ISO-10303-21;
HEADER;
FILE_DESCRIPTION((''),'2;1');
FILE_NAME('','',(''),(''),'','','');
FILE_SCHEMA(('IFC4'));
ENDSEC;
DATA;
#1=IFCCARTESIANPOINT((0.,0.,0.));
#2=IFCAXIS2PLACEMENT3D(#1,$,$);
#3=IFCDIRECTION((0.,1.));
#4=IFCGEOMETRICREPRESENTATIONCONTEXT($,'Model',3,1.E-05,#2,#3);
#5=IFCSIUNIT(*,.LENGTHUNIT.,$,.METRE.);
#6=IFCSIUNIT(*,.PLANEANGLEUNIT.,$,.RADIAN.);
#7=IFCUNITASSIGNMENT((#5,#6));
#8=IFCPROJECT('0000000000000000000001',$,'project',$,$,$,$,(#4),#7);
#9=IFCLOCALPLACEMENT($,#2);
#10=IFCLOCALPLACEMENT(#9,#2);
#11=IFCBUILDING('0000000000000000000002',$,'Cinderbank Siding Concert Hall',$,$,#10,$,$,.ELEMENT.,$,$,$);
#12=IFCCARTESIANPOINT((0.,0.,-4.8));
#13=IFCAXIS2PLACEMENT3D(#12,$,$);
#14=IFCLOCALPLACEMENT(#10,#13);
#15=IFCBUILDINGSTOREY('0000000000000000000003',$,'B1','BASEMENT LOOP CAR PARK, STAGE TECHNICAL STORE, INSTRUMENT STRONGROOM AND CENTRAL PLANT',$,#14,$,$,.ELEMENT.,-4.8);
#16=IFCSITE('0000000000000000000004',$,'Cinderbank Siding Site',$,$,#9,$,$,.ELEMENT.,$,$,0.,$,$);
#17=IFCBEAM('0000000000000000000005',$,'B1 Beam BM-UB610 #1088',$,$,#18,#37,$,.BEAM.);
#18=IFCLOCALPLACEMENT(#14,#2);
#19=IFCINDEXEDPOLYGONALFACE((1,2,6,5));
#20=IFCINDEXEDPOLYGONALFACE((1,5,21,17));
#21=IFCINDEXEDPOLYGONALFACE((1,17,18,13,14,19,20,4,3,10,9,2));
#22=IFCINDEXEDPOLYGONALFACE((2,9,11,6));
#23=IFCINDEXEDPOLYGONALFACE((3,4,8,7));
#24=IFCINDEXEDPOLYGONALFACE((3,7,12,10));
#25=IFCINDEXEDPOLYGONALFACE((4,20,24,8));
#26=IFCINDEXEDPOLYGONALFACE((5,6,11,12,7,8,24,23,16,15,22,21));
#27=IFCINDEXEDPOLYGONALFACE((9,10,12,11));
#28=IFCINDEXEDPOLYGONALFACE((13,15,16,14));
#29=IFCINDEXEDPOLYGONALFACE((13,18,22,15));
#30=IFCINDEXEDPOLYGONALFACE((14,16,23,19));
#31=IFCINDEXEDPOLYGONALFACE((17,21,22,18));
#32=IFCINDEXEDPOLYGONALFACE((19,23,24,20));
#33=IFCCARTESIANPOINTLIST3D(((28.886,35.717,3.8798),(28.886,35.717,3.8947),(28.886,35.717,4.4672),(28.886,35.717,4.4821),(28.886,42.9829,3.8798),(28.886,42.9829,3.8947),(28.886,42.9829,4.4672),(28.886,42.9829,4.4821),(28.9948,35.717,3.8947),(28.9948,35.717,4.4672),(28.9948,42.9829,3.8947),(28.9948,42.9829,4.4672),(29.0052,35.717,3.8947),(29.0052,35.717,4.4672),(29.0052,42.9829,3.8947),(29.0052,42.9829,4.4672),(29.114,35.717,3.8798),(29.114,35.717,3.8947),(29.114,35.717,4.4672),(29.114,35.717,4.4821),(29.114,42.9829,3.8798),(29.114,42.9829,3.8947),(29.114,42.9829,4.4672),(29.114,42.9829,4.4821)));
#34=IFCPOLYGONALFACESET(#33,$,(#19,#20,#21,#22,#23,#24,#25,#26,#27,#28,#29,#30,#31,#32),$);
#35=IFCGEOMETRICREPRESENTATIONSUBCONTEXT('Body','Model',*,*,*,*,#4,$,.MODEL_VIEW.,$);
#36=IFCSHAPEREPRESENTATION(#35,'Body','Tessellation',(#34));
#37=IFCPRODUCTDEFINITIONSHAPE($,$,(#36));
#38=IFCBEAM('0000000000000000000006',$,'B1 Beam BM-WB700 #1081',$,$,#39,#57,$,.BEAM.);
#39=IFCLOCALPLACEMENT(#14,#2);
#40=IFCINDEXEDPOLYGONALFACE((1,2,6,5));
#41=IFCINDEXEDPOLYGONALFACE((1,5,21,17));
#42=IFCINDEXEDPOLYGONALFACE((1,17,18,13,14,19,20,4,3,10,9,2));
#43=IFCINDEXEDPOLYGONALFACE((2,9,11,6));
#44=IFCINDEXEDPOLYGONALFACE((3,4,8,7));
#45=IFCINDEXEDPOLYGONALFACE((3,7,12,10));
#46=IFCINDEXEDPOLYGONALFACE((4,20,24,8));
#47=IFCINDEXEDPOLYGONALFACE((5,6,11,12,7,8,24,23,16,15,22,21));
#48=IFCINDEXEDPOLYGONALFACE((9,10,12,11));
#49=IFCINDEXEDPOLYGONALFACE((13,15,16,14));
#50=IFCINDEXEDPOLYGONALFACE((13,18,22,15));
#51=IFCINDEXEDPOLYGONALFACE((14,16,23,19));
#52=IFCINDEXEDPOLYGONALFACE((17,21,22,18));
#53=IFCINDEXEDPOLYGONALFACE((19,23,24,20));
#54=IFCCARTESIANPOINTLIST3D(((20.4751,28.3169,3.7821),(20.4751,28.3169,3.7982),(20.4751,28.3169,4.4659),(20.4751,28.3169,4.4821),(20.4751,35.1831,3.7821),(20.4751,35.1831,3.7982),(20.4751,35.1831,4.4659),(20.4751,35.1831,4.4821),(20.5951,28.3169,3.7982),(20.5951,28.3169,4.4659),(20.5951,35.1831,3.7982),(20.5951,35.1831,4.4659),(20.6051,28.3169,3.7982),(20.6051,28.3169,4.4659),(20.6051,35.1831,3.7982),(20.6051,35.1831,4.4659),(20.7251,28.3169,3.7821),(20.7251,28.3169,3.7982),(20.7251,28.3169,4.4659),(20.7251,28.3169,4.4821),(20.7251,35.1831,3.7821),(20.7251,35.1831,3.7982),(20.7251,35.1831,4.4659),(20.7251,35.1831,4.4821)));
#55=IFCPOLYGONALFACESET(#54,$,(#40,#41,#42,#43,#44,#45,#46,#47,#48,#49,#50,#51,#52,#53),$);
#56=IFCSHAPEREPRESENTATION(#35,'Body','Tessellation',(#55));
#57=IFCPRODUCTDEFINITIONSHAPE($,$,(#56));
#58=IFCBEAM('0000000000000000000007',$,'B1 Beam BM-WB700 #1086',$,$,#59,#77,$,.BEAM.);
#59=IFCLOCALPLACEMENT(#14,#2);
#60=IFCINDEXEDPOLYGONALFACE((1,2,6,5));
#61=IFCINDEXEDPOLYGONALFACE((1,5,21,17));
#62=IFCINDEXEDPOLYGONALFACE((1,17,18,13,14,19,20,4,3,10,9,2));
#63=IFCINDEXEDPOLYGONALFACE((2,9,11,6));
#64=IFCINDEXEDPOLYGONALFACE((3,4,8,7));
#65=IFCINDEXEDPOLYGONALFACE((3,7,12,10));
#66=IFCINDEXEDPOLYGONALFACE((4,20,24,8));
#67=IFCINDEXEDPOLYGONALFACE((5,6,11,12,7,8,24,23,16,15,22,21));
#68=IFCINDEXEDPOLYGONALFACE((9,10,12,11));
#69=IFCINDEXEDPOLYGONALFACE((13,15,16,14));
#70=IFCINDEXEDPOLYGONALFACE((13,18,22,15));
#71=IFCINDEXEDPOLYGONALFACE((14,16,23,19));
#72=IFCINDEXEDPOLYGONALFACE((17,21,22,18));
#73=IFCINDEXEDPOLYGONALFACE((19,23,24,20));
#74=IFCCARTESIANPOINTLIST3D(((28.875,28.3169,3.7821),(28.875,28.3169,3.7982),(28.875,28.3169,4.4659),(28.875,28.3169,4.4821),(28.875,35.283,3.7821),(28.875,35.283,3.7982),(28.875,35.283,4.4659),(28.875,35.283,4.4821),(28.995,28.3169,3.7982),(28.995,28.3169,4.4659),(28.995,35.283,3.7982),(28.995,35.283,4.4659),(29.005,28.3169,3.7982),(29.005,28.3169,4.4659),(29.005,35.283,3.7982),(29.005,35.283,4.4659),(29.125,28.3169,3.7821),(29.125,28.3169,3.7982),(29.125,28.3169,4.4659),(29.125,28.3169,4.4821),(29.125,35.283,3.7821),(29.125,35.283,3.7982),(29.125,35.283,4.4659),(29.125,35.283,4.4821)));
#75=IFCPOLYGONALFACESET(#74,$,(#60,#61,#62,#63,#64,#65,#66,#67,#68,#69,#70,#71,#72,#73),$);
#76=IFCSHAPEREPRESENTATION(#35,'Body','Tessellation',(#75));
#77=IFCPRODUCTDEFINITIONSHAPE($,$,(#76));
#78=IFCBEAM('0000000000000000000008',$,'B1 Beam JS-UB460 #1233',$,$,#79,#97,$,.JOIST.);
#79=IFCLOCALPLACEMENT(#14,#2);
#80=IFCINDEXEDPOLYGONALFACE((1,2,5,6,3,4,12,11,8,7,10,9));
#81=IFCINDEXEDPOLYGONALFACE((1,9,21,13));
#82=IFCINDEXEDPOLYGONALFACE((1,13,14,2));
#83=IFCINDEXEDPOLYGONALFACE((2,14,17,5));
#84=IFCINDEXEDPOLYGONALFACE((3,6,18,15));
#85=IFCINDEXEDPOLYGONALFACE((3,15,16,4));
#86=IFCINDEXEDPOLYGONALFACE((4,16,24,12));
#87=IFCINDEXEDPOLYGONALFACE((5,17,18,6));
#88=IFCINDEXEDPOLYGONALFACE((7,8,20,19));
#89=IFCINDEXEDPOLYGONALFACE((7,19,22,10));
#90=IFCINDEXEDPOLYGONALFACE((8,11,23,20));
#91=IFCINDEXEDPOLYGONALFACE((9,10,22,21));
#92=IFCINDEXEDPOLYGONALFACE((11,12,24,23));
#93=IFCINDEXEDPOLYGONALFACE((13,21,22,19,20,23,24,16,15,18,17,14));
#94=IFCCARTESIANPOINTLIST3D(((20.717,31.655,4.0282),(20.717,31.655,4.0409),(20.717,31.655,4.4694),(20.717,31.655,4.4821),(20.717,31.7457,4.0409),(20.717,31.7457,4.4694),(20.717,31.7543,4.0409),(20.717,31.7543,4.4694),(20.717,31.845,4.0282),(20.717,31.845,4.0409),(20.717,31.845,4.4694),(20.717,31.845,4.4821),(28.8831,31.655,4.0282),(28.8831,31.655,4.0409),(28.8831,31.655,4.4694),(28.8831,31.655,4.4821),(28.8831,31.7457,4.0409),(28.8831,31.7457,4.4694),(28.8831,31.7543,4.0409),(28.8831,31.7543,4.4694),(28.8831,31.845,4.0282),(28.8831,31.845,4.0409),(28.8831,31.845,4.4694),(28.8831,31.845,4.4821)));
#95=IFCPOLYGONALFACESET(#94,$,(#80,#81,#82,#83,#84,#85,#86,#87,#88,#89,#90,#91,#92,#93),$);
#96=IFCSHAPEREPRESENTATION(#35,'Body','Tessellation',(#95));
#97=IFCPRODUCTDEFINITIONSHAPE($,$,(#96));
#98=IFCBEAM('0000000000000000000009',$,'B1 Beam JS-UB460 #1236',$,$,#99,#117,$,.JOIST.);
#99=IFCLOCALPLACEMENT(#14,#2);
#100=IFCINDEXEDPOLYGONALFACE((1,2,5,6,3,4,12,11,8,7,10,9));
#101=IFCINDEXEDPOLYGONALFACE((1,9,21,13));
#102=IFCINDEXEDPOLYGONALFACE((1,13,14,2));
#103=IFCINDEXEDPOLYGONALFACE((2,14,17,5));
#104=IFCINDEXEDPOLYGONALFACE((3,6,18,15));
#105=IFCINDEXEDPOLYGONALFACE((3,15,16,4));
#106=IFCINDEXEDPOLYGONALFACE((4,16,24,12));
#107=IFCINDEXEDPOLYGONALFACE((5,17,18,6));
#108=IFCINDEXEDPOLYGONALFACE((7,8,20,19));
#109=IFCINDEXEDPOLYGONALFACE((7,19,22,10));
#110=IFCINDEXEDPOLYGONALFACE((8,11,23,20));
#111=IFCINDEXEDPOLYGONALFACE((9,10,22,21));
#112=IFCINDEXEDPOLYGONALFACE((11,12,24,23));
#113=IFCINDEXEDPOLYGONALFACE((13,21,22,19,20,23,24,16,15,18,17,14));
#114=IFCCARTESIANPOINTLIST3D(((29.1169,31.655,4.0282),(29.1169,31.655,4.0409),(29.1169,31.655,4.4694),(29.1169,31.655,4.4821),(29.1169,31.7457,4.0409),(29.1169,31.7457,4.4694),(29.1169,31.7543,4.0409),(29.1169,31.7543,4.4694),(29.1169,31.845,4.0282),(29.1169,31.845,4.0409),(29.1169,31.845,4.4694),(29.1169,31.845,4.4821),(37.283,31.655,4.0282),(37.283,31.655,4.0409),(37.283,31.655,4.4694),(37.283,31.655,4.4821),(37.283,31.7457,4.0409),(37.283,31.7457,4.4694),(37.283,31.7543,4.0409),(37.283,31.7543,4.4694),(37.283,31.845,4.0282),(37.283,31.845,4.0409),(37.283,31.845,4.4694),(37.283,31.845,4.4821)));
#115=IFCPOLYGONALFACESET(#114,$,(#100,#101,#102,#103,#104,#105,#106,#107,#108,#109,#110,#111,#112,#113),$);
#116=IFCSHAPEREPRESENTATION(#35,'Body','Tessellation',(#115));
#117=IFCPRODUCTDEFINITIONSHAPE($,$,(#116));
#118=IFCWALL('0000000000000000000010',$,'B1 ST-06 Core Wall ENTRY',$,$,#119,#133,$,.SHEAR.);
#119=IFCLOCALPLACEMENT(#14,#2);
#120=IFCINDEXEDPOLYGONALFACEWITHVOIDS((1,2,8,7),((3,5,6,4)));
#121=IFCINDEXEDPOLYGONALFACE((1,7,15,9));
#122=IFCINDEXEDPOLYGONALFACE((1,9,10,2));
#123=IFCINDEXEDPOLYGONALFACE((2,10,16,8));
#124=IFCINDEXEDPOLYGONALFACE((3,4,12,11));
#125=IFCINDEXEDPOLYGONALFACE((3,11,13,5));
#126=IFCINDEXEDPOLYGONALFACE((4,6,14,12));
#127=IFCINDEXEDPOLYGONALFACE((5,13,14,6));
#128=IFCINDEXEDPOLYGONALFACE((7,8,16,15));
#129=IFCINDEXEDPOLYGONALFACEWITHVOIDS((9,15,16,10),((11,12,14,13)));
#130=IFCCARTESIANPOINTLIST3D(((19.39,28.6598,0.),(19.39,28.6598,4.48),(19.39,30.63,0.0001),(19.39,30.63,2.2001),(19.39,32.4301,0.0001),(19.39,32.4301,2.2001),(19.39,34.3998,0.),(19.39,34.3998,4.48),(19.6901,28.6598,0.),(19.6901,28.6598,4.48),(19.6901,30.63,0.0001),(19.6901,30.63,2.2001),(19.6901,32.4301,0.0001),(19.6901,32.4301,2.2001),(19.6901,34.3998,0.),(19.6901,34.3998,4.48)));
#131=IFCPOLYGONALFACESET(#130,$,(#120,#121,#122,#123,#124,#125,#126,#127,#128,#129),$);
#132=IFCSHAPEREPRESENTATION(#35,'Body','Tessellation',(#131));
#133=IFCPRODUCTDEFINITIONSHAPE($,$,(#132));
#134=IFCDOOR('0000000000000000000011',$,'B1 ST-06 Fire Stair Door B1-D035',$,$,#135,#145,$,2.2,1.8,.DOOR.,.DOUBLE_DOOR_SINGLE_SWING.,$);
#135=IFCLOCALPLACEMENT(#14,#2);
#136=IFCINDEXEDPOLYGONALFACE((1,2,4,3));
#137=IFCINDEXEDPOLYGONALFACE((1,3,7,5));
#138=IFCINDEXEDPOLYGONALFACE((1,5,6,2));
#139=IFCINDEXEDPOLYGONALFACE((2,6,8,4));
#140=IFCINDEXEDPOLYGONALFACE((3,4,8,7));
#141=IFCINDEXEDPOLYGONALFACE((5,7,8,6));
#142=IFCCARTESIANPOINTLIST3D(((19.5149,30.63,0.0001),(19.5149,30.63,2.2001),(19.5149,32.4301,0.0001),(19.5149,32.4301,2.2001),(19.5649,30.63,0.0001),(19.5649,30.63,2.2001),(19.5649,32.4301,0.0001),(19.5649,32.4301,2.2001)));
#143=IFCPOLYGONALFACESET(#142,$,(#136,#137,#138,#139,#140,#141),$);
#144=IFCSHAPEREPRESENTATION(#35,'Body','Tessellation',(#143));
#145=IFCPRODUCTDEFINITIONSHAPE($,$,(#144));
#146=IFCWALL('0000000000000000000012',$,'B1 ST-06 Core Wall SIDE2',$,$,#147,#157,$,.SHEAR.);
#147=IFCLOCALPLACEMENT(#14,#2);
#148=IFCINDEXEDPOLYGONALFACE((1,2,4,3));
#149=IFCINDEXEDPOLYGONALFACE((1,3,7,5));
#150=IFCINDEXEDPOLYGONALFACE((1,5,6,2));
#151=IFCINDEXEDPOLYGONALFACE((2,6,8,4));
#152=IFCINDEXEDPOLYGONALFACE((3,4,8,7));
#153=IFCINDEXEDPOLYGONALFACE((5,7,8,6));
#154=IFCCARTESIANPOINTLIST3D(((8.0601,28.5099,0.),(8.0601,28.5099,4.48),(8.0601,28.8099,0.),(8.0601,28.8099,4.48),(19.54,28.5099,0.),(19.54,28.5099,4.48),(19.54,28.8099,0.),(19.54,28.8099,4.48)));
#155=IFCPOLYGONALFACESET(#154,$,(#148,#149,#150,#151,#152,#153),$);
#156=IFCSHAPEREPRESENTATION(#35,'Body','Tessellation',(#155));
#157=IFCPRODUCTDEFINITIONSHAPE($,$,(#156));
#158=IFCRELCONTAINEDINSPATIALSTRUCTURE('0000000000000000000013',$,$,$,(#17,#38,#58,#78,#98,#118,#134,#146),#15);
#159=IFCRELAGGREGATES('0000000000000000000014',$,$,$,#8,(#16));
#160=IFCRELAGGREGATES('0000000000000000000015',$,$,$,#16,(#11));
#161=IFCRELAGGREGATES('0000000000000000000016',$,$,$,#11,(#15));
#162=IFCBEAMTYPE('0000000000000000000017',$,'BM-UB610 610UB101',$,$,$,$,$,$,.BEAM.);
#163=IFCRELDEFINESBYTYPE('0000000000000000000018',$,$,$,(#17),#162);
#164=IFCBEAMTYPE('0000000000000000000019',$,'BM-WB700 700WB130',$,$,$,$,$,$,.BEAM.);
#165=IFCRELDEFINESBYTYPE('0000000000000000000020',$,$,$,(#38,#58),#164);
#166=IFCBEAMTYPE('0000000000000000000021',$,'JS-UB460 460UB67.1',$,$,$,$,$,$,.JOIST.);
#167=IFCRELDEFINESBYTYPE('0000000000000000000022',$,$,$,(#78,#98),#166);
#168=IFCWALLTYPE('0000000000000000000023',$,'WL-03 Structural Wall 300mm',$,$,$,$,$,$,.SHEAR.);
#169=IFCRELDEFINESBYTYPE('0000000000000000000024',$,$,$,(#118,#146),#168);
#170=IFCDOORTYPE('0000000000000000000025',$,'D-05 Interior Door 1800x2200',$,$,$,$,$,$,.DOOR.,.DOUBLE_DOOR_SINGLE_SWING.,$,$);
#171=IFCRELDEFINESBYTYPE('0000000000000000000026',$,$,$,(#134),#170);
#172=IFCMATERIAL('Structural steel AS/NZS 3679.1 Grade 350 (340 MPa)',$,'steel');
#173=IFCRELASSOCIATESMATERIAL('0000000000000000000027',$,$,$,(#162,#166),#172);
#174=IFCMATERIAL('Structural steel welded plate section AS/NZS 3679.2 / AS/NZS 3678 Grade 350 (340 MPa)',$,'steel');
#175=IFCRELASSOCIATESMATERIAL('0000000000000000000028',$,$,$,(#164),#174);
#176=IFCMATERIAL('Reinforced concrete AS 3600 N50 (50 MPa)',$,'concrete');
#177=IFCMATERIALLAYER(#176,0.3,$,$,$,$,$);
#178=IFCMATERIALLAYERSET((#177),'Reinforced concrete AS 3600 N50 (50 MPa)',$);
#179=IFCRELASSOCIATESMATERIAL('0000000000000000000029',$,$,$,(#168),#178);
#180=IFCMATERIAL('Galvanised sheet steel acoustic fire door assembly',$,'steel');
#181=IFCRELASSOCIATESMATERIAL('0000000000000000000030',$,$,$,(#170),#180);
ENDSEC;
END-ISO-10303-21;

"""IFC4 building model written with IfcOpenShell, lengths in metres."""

from ifc_helpers import new_model, si_unit, direction, frame, frame_2d, origin, origin_2d, place, context, subcontext, project, spatial, rectangle, i_section, extrude, material, layer, layer_set, material_profile, profile_set, type_object, element, fill, save


model = new_model("IFC4")

# Units and contexts
model_context = context("Model", 3, precision=1e-05, world=origin(), true_north=direction((0.0, 1.0)))
body_context = subcontext(model_context, "Body", "Model", "MODEL_VIEW")
ifc_project = project(units=[si_unit("LENGTHUNIT", "METRE"), si_unit("PLANEANGLEUNIT", "RADIAN")], contexts=[model_context])

# Site, building, storey
site_placement = place(None, origin())
site = spatial("IfcSite", under=ifc_project, at=site_placement, Name="Cinderbank Siding Site", CompositionType="ELEMENT", RefElevation=0.0)
building_placement = place(site_placement, origin())
building = spatial("IfcBuilding", under=site, at=building_placement, Name="Cinderbank Siding Concert Hall", CompositionType="ELEMENT")
storey_placement = place(building_placement, frame((0.0, 0.0, -4.8)))
storey = spatial("IfcBuildingStorey", under=building, at=storey_placement, Name="B1", Description="BASEMENT LOOP CAR PARK, STAGE TECHNICAL STORE, INSTRUMENT STRONGROOM AND CENTRAL PLANT", CompositionType="ELEMENT", Elevation=-4.8)

# Shared definitions
ifc_material_1 = material(Name="Reinforced concrete AS 3600 N50 (50 MPa)", Category="concrete")

# Beams
ifc_material_2 = material(Name="Structural steel AS/NZS 3679.1 Grade 350 (340 MPa)", Category="steel")
ifc_material_profile_1 = material_profile(ifc_material_2, i_section(OverallWidth=0.228, OverallDepth=0.6023, WebThickness=0.0105, FlangeThickness=0.0149, at=origin_2d()), Name="610UB101", Category="LoadBearing")
ifc_profile_set_1 = profile_set([ifc_material_profile_1], Name="Structural steel AS/NZS 3679.1 Grade 350 (340 MPa)")
beam_type_1 = type_object("IfcBeamType", Name="BM-UB610 610UB101", PredefinedType="BEAM", material=ifc_profile_set_1)
beam_1_placement = place(storey_placement, frame((29.0, 35.717, 4.1809), z_axis=(0.0, 1.0, 0.0), x_axis=(-1.0, 0.0, 0.0)))
element("IfcBeam", 1, at=beam_1_placement, inside=storey, type_object=beam_type_1, Name="B1 Beam BM-UB610 #1088", PredefinedType="BEAM", context=body_context, shape_type="SweptSolid", body=[
    extrude(i_section(OverallWidth=0.228, OverallDepth=0.6023, WebThickness=0.0105, FlangeThickness=0.0149, at=origin_2d()), origin(), (0.0, 0.0, 1.0), 7.2659),
])
ifc_material_3 = material(Name="Structural steel welded plate section AS/NZS 3679.2 / AS/NZS 3678 Grade 350 (340 MPa)", Category="steel")
ifc_material_profile_2 = material_profile(ifc_material_3, i_section(OverallWidth=0.25, OverallDepth=0.7, WebThickness=0.01, FlangeThickness=0.0161, at=origin_2d()), Name="700WB130", Category="LoadBearing")
ifc_profile_set_2 = profile_set([ifc_material_profile_2], Name="Structural steel welded plate section AS/NZS 3679.2 / AS/NZS 3678 Grade 350 (340 MPa)")
beam_type_2 = type_object("IfcBeamType", Name="BM-WB700 700WB130", PredefinedType="BEAM", material=ifc_profile_set_2)
beam_2_placement = place(storey_placement, frame((20.6001, 28.3169, 4.1321), z_axis=(0.0, 1.0, 0.0), x_axis=(-1.0, 0.0, 0.0)))
element("IfcBeam", 2, at=beam_2_placement, inside=storey, type_object=beam_type_2, Name="B1 Beam BM-WB700 #1081", PredefinedType="BEAM", context=body_context, shape_type="SweptSolid", body=[
    extrude(i_section(OverallWidth=0.25, OverallDepth=0.7, WebThickness=0.01, FlangeThickness=0.0161, at=origin_2d()), origin(), (0.0, 0.0, 1.0), 6.8662),
])
beam_3_placement = place(storey_placement, frame((29.0, 28.3169, 4.1321), z_axis=(0.0, 1.0, 0.0), x_axis=(-1.0, 0.0, 0.0)))
element("IfcBeam", 3, at=beam_3_placement, inside=storey, type_object=beam_type_2, Name="B1 Beam BM-WB700 #1086", PredefinedType="BEAM", context=body_context, shape_type="SweptSolid", body=[
    extrude(i_section(OverallWidth=0.25, OverallDepth=0.7, WebThickness=0.01, FlangeThickness=0.0161, at=origin_2d()), origin(), (0.0, 0.0, 1.0), 6.9661),
])
ifc_material_profile_3 = material_profile(ifc_material_2, i_section(OverallWidth=0.1899, OverallDepth=0.4539, WebThickness=0.0085, FlangeThickness=0.0127, at=origin_2d()), Name="460UB67.1", Category="LoadBearing")
ifc_profile_set_3 = profile_set([ifc_material_profile_3], Name="Structural steel AS/NZS 3679.1 Grade 350 (340 MPa)")
beam_type_3 = type_object("IfcBeamType", Name="JS-UB460 460UB67.1", PredefinedType="JOIST", material=ifc_profile_set_3)
for number, where, z_axis, x_axis, name in (
    (4, (20.717, 31.75, 4.2551), (1.0, 0.0, 0.0), (0.0, 1.0, 0.0), "B1 Beam JS-UB460 #1233"),
    (5, (29.1169, 31.75, 4.2551), (1.0, 0.0, 0.0), (0.0, 1.0, 0.0), "B1 Beam JS-UB460 #1236"),
):
    element("IfcBeam", number, at=place(storey_placement, frame(where, z_axis=z_axis, x_axis=x_axis)), inside=storey, type_object=beam_type_3, Name=name, PredefinedType="JOIST", context=body_context, shape_type="SweptSolid", body=[
        extrude(i_section(OverallWidth=0.1899, OverallDepth=0.4539, WebThickness=0.0085, FlangeThickness=0.0127, at=origin_2d()), origin(), (0.0, 0.0, 1.0), 8.166),
    ])

# Wall, opening, door
ifc_layer_1 = layer(ifc_material_1, 0.3)
ifc_layer_set_1 = layer_set([ifc_layer_1], Name="Reinforced concrete AS 3600 N50 (50 MPa)")
wall_type = type_object("IfcWallType", Name="WL-03 Structural Wall 300mm", PredefinedType="SHEAR", material=ifc_layer_set_1)
wall_1_placement = place(storey_placement, frame((19.54, 34.3999, 0.0), z_axis=(0.0, 0.0, 1.0), x_axis=(0.0, -1.0, 0.0)))
wall_1 = element("IfcWall", 6, at=wall_1_placement, inside=storey, type_object=wall_type, Name="B1 ST-06 Core Wall ENTRY", PredefinedType="SHEAR", context=body_context, shape_type="SweptSolid", body=[
    extrude(rectangle(XDim=5.74, YDim=0.3, at=frame_2d((2.8701, 0.0))), origin(), (0.0, 0.0, 1.0), 4.48),
])
opening_placement = place(wall_1_placement, frame((1.97, 0.0, 0.0)))
opening = element("IfcOpeningElement", 7, at=opening_placement, cuts=wall_1, PredefinedType="OPENING", context=body_context, shape_type="SweptSolid", body=[
    extrude(rectangle(XDim=1.8, YDim=2.2, at=frame_2d((0.8999, 1.1001))), frame((0.0, 0.1621, 0.0), z_axis=(0.0, -1.0, 0.0), x_axis=(1.0, 0.0, 0.0)), (0.0, 0.0, 1.0), 0.324),
])
ifc_material_4 = material(Name="Galvanised sheet steel acoustic fire door assembly", Category="steel")
door_type = type_object("IfcDoorType", Name="D-05 Interior Door 1800x2200", OperationType="DOUBLE_DOOR_SINGLE_SWING", PredefinedType="DOOR", material=ifc_material_4)
door_placement = place(opening_placement, origin())
door = element("IfcDoor", 8, at=door_placement, inside=storey, type_object=door_type, Name="B1 ST-06 Fire Stair Door B1-D035", OperationType="DOUBLE_DOOR_SINGLE_SWING", OverallHeight=2.2, OverallWidth=1.8, PredefinedType="DOOR", context=body_context, shape_type="SweptSolid", body=[
    extrude(rectangle(XDim=1.8, YDim=2.2, at=frame_2d((0.8999, 1.1001))), frame((0.0, 0.0249, 0.0), z_axis=(0.0, -1.0, 0.0), x_axis=(1.0, 0.0, 0.0)), (0.0, 0.0, 1.0), 0.05),
])
fill(opening, door)

# Wall
wall_2_placement = place(storey_placement, frame((19.54, 28.6599, 0.0), z_axis=(0.0, 0.0, 1.0), x_axis=(-1.0, 0.0, 0.0)))
element("IfcWall", 9, at=wall_2_placement, inside=storey, type_object=wall_type, Name="B1 ST-06 Core Wall SIDE2", PredefinedType="SHEAR", context=body_context, shape_type="SweptSolid", body=[
    extrude(rectangle(XDim=11.48, YDim=0.3, at=frame_2d((5.74, 0.0))), origin(), (0.0, 0.0, 1.0), 4.48),
])

save(model, "model.ifc")
